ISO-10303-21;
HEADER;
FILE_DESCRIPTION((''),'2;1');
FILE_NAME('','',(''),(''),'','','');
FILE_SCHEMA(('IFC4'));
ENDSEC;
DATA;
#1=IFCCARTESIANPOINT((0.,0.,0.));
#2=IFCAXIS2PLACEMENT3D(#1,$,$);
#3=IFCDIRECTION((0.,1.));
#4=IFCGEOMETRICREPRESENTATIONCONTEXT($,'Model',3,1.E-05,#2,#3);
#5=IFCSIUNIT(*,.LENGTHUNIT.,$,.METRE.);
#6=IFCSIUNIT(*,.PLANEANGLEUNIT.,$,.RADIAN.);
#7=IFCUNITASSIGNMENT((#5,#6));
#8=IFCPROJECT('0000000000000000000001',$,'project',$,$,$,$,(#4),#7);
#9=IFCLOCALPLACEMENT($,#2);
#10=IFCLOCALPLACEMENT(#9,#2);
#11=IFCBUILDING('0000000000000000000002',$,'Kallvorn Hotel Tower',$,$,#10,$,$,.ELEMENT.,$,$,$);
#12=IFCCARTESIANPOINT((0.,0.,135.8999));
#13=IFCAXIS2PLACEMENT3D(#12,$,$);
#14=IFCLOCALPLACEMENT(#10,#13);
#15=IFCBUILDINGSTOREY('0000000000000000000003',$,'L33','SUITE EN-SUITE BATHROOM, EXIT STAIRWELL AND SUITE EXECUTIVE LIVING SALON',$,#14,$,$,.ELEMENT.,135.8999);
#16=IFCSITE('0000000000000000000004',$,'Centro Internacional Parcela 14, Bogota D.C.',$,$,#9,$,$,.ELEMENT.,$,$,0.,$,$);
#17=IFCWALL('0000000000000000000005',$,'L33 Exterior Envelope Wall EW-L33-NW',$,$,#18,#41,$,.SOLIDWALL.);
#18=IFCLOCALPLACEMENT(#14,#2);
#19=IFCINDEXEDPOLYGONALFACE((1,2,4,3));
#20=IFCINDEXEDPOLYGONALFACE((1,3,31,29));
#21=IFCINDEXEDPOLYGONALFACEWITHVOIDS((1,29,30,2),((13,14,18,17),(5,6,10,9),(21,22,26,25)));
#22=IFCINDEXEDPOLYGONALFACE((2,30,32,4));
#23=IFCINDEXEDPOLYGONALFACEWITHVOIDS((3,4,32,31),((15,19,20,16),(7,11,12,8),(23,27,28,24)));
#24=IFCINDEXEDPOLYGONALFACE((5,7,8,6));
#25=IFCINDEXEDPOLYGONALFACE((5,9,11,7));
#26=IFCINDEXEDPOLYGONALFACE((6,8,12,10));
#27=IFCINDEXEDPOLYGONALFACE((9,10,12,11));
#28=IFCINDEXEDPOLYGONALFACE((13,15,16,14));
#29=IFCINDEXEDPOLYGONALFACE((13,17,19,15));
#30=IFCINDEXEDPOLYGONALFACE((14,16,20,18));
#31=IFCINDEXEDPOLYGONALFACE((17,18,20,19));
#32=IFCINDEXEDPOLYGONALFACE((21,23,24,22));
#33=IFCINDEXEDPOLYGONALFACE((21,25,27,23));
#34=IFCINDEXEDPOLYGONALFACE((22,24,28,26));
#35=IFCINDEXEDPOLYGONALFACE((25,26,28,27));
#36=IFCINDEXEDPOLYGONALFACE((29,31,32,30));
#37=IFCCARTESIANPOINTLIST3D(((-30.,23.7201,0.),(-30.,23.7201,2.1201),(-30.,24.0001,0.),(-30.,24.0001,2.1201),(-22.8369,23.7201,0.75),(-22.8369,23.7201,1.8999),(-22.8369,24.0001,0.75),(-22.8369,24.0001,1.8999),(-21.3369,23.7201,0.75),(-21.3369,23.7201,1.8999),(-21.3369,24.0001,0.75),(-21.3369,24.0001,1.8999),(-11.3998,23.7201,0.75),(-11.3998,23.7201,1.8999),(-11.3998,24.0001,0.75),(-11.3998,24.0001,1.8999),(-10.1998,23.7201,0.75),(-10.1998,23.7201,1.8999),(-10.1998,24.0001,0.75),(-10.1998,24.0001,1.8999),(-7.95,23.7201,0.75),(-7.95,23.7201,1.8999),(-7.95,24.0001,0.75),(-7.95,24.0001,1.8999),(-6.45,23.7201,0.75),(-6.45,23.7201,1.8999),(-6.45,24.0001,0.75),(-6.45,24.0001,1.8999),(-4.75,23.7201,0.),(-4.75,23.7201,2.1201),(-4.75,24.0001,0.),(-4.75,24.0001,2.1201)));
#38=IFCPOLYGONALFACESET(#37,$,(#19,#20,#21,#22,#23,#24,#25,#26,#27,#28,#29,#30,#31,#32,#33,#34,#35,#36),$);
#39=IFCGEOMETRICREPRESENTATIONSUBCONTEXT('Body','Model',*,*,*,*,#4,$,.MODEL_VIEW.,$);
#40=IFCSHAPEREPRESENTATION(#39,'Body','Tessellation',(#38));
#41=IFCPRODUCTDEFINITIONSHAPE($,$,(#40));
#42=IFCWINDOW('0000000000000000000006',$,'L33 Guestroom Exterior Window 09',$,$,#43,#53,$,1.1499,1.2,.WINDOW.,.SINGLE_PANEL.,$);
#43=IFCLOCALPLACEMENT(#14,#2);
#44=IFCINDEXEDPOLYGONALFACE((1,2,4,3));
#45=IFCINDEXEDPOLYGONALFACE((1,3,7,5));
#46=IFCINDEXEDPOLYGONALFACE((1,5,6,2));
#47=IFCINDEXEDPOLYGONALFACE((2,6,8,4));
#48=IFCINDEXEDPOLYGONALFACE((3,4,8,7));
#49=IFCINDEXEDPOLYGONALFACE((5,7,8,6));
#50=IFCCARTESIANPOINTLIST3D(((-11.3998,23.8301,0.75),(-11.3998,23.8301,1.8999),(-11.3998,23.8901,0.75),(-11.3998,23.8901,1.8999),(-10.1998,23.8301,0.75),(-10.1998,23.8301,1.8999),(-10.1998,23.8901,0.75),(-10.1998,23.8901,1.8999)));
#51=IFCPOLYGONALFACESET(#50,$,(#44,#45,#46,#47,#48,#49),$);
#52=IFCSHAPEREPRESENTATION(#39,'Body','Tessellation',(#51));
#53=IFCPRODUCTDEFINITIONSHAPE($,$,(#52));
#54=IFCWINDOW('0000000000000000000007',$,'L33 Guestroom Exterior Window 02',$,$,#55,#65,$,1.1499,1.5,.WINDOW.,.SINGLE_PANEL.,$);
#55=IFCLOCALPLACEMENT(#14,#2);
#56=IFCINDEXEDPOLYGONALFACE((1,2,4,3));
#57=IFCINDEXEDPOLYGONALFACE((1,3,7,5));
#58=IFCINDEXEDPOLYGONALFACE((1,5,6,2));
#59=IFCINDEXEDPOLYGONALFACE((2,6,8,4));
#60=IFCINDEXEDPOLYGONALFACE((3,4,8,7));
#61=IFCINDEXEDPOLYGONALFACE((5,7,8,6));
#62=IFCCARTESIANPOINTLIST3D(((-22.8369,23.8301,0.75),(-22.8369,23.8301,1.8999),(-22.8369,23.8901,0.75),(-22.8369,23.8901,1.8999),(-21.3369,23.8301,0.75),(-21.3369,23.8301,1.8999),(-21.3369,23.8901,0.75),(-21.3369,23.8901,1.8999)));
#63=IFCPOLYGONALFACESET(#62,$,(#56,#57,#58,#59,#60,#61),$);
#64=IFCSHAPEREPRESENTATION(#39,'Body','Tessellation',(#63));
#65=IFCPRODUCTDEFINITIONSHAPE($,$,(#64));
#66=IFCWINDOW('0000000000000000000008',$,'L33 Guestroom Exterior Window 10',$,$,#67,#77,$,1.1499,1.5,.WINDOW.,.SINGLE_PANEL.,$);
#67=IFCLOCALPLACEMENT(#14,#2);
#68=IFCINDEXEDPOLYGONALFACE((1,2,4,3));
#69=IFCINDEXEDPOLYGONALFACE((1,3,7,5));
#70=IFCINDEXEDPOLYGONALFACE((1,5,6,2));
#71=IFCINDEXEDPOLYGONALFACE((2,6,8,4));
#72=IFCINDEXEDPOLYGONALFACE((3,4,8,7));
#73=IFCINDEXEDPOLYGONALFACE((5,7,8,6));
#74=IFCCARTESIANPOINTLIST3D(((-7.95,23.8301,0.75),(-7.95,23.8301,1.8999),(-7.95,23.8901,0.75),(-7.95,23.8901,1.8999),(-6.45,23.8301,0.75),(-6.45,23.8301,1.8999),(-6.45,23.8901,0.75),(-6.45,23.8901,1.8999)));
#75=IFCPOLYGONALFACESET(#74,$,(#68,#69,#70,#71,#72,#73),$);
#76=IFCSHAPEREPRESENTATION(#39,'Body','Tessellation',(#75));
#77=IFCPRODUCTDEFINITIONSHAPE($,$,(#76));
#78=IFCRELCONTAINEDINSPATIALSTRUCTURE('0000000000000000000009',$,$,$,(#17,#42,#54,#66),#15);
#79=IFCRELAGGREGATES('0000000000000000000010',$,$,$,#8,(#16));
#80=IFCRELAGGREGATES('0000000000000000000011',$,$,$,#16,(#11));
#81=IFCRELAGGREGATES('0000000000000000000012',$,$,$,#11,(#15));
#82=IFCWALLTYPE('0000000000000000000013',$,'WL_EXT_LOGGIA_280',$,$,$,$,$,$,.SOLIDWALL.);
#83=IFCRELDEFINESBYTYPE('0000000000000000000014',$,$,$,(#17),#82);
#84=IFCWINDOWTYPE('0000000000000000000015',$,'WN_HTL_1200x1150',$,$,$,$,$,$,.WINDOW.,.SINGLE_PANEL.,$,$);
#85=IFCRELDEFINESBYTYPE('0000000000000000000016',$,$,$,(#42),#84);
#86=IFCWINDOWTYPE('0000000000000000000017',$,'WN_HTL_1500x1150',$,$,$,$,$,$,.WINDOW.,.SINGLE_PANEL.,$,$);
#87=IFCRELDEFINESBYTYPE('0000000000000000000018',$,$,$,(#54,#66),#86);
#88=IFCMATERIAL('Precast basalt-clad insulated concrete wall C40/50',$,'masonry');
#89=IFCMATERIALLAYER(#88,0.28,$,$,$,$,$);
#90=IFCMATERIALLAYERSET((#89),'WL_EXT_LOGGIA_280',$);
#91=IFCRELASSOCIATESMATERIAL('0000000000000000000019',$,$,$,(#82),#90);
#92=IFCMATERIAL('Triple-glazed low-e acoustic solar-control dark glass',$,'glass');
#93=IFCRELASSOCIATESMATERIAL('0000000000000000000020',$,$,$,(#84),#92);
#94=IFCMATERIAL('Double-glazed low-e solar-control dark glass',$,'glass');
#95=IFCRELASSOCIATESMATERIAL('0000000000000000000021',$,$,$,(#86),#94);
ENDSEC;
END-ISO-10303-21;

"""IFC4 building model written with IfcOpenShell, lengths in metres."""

from ifc_helpers import new_model, si_unit, direction, frame, frame_2d, origin, place, context, subcontext, project, spatial, rectangle, extrude, material, layer, layer_set, type_object, element, fill, save


model = new_model("IFC4")

# Units and contexts
model_context = context("Model", 3, precision=1e-05, world=origin(), true_north=direction((0.0, 1.0)))
body_context = subcontext(model_context, "Body", "Model", "MODEL_VIEW")
ifc_project = project(units=[si_unit("LENGTHUNIT", "METRE"), si_unit("PLANEANGLEUNIT", "RADIAN")], contexts=[model_context])

# Site, building, storey
site_placement = place(None, origin())
site = spatial("IfcSite", under=ifc_project, at=site_placement, Name="Centro Internacional Parcela 14, Bogota D.C.", CompositionType="ELEMENT", RefElevation=0.0)
building_placement = place(site_placement, origin())
building = spatial("IfcBuilding", under=site, at=building_placement, Name="Kallvorn Hotel Tower", CompositionType="ELEMENT")
storey_placement = place(building_placement, frame((0.0, 0.0, 135.8999)))
storey = spatial("IfcBuildingStorey", under=building, at=storey_placement, Name="L33", Description="SUITE EN-SUITE BATHROOM, EXIT STAIRWELL AND SUITE EXECUTIVE LIVING SALON", CompositionType="ELEMENT", Elevation=135.8999)

# Shared definitions
ifc_material_1 = material(Name="Precast basalt-clad insulated concrete wall C40/50", Category="masonry")
ifc_layer_1 = layer(ifc_material_1, 0.28)
ifc_layer_set_1 = layer_set([ifc_layer_1], Name="WL_EXT_LOGGIA_280")
wall_type = type_object("IfcWallType", Name="WL_EXT_LOGGIA_280", PredefinedType="SOLIDWALL", material=ifc_layer_set_1)

# Wall, openings, windows
wall_1_placement = place(storey_placement, frame((-30.0, 23.8601, 0.0), z_axis=(0.0, 0.0, 1.0), x_axis=(1.0, 0.0, 0.0)))
wall_1 = element("IfcWall", 1, at=wall_1_placement, inside=storey, type_object=wall_type, Name="L33 Exterior Envelope Wall EW-L33-NW", PredefinedType="SOLIDWALL", context=body_context, shape_type="SweptSolid", body=[
    extrude(rectangle(XDim=25.25, YDim=0.28, at=frame_2d((12.625, 0.0))), origin(), (0.0, 0.0, 1.0), 2.1201),
])
opening_1_placement = place(wall_1_placement, frame((7.1631, 0.0, 0.75)))
opening_1 = element("IfcOpeningElement", 2, at=opening_1_placement, cuts=wall_1, PredefinedType="OPENING", context=body_context, shape_type="SweptSolid", body=[
    extrude(rectangle(XDim=1.5, YDim=1.1499, at=frame_2d((0.75, 0.575))), frame((0.0, 0.155, 0.0), z_axis=(0.0, -1.0, 0.0), x_axis=(1.0, 0.0, 0.0)), (0.0, 0.0, 1.0), 0.3101),
])
opening_2_placement = place(wall_1_placement, frame((18.6001, 0.0, 0.75)))
opening_2 = element("IfcOpeningElement", 3, at=opening_2_placement, cuts=wall_1, PredefinedType="OPENING", context=body_context, shape_type="SweptSolid", body=[
    extrude(rectangle(XDim=1.2, YDim=1.1499, at=frame_2d((0.6001, 0.575))), frame((0.0, 0.155, 0.0), z_axis=(0.0, -1.0, 0.0), x_axis=(1.0, 0.0, 0.0)), (0.0, 0.0, 1.0), 0.3101),
])
opening_3_placement = place(wall_1_placement, frame((22.05, 0.0, 0.75)))
opening_3 = element("IfcOpeningElement", 4, at=opening_3_placement, cuts=wall_1, PredefinedType="OPENING", context=body_context, shape_type="SweptSolid", body=[
    extrude(rectangle(XDim=1.5, YDim=1.1499, at=frame_2d((0.75, 0.575))), frame((0.0, 0.155, 0.0), z_axis=(0.0, -1.0, 0.0), x_axis=(1.0, 0.0, 0.0)), (0.0, 0.0, 1.0), 0.3101),
])
ifc_material_2 = material(Name="Triple-glazed low-e acoustic solar-control dark glass", Category="glass")
window_type_1 = type_object("IfcWindowType", Name="WN_HTL_1200x1150", PartitioningType="SINGLE_PANEL", PredefinedType="WINDOW", material=ifc_material_2)
window_1_placement = place(opening_2_placement, origin())
window_1 = element("IfcWindow", 5, at=window_1_placement, inside=storey, type_object=window_type_1, Name="L33 Guestroom Exterior Window 09", OverallHeight=1.1499, OverallWidth=1.2, PartitioningType="SINGLE_PANEL", PredefinedType="WINDOW", context=body_context, shape_type="SweptSolid", body=[
    extrude(rectangle(XDim=1.2, YDim=1.1499, at=frame_2d((0.6001, 0.575))), frame((0.0, 0.03, 0.0), z_axis=(0.0, -1.0, 0.0), x_axis=(1.0, 0.0, 0.0)), (0.0, 0.0, 1.0), 0.0601),
])
fill(opening_2, window_1)
ifc_material_3 = material(Name="Double-glazed low-e solar-control dark glass", Category="glass")
window_type_2 = type_object("IfcWindowType", Name="WN_HTL_1500x1150", PartitioningType="SINGLE_PANEL", PredefinedType="WINDOW", material=ifc_material_3)
window_2_placement = place(opening_1_placement, origin())
window_2 = element("IfcWindow", 6, at=window_2_placement, inside=storey, type_object=window_type_2, Name="L33 Guestroom Exterior Window 02", OverallHeight=1.1499, OverallWidth=1.5, PartitioningType="SINGLE_PANEL", PredefinedType="WINDOW", context=body_context, shape_type="SweptSolid", body=[
    extrude(rectangle(XDim=1.5, YDim=1.1499, at=frame_2d((0.75, 0.575))), frame((0.0, 0.03, 0.0), z_axis=(0.0, -1.0, 0.0), x_axis=(1.0, 0.0, 0.0)), (0.0, 0.0, 1.0), 0.0601),
])
fill(opening_1, window_2)
window_3_placement = place(opening_3_placement, origin())
window_3 = element("IfcWindow", 7, at=window_3_placement, inside=storey, type_object=window_type_2, Name="L33 Guestroom Exterior Window 10", OverallHeight=1.1499, OverallWidth=1.5, PartitioningType="SINGLE_PANEL", PredefinedType="WINDOW", context=body_context, shape_type="SweptSolid", body=[
    extrude(rectangle(XDim=1.5, YDim=1.1499, at=frame_2d((0.75, 0.575))), frame((0.0, 0.03, 0.0), z_axis=(0.0, -1.0, 0.0), x_axis=(1.0, 0.0, 0.0)), (0.0, 0.0, 1.0), 0.0601),
])
fill(opening_3, window_3)

save(model, "model.ifc")
